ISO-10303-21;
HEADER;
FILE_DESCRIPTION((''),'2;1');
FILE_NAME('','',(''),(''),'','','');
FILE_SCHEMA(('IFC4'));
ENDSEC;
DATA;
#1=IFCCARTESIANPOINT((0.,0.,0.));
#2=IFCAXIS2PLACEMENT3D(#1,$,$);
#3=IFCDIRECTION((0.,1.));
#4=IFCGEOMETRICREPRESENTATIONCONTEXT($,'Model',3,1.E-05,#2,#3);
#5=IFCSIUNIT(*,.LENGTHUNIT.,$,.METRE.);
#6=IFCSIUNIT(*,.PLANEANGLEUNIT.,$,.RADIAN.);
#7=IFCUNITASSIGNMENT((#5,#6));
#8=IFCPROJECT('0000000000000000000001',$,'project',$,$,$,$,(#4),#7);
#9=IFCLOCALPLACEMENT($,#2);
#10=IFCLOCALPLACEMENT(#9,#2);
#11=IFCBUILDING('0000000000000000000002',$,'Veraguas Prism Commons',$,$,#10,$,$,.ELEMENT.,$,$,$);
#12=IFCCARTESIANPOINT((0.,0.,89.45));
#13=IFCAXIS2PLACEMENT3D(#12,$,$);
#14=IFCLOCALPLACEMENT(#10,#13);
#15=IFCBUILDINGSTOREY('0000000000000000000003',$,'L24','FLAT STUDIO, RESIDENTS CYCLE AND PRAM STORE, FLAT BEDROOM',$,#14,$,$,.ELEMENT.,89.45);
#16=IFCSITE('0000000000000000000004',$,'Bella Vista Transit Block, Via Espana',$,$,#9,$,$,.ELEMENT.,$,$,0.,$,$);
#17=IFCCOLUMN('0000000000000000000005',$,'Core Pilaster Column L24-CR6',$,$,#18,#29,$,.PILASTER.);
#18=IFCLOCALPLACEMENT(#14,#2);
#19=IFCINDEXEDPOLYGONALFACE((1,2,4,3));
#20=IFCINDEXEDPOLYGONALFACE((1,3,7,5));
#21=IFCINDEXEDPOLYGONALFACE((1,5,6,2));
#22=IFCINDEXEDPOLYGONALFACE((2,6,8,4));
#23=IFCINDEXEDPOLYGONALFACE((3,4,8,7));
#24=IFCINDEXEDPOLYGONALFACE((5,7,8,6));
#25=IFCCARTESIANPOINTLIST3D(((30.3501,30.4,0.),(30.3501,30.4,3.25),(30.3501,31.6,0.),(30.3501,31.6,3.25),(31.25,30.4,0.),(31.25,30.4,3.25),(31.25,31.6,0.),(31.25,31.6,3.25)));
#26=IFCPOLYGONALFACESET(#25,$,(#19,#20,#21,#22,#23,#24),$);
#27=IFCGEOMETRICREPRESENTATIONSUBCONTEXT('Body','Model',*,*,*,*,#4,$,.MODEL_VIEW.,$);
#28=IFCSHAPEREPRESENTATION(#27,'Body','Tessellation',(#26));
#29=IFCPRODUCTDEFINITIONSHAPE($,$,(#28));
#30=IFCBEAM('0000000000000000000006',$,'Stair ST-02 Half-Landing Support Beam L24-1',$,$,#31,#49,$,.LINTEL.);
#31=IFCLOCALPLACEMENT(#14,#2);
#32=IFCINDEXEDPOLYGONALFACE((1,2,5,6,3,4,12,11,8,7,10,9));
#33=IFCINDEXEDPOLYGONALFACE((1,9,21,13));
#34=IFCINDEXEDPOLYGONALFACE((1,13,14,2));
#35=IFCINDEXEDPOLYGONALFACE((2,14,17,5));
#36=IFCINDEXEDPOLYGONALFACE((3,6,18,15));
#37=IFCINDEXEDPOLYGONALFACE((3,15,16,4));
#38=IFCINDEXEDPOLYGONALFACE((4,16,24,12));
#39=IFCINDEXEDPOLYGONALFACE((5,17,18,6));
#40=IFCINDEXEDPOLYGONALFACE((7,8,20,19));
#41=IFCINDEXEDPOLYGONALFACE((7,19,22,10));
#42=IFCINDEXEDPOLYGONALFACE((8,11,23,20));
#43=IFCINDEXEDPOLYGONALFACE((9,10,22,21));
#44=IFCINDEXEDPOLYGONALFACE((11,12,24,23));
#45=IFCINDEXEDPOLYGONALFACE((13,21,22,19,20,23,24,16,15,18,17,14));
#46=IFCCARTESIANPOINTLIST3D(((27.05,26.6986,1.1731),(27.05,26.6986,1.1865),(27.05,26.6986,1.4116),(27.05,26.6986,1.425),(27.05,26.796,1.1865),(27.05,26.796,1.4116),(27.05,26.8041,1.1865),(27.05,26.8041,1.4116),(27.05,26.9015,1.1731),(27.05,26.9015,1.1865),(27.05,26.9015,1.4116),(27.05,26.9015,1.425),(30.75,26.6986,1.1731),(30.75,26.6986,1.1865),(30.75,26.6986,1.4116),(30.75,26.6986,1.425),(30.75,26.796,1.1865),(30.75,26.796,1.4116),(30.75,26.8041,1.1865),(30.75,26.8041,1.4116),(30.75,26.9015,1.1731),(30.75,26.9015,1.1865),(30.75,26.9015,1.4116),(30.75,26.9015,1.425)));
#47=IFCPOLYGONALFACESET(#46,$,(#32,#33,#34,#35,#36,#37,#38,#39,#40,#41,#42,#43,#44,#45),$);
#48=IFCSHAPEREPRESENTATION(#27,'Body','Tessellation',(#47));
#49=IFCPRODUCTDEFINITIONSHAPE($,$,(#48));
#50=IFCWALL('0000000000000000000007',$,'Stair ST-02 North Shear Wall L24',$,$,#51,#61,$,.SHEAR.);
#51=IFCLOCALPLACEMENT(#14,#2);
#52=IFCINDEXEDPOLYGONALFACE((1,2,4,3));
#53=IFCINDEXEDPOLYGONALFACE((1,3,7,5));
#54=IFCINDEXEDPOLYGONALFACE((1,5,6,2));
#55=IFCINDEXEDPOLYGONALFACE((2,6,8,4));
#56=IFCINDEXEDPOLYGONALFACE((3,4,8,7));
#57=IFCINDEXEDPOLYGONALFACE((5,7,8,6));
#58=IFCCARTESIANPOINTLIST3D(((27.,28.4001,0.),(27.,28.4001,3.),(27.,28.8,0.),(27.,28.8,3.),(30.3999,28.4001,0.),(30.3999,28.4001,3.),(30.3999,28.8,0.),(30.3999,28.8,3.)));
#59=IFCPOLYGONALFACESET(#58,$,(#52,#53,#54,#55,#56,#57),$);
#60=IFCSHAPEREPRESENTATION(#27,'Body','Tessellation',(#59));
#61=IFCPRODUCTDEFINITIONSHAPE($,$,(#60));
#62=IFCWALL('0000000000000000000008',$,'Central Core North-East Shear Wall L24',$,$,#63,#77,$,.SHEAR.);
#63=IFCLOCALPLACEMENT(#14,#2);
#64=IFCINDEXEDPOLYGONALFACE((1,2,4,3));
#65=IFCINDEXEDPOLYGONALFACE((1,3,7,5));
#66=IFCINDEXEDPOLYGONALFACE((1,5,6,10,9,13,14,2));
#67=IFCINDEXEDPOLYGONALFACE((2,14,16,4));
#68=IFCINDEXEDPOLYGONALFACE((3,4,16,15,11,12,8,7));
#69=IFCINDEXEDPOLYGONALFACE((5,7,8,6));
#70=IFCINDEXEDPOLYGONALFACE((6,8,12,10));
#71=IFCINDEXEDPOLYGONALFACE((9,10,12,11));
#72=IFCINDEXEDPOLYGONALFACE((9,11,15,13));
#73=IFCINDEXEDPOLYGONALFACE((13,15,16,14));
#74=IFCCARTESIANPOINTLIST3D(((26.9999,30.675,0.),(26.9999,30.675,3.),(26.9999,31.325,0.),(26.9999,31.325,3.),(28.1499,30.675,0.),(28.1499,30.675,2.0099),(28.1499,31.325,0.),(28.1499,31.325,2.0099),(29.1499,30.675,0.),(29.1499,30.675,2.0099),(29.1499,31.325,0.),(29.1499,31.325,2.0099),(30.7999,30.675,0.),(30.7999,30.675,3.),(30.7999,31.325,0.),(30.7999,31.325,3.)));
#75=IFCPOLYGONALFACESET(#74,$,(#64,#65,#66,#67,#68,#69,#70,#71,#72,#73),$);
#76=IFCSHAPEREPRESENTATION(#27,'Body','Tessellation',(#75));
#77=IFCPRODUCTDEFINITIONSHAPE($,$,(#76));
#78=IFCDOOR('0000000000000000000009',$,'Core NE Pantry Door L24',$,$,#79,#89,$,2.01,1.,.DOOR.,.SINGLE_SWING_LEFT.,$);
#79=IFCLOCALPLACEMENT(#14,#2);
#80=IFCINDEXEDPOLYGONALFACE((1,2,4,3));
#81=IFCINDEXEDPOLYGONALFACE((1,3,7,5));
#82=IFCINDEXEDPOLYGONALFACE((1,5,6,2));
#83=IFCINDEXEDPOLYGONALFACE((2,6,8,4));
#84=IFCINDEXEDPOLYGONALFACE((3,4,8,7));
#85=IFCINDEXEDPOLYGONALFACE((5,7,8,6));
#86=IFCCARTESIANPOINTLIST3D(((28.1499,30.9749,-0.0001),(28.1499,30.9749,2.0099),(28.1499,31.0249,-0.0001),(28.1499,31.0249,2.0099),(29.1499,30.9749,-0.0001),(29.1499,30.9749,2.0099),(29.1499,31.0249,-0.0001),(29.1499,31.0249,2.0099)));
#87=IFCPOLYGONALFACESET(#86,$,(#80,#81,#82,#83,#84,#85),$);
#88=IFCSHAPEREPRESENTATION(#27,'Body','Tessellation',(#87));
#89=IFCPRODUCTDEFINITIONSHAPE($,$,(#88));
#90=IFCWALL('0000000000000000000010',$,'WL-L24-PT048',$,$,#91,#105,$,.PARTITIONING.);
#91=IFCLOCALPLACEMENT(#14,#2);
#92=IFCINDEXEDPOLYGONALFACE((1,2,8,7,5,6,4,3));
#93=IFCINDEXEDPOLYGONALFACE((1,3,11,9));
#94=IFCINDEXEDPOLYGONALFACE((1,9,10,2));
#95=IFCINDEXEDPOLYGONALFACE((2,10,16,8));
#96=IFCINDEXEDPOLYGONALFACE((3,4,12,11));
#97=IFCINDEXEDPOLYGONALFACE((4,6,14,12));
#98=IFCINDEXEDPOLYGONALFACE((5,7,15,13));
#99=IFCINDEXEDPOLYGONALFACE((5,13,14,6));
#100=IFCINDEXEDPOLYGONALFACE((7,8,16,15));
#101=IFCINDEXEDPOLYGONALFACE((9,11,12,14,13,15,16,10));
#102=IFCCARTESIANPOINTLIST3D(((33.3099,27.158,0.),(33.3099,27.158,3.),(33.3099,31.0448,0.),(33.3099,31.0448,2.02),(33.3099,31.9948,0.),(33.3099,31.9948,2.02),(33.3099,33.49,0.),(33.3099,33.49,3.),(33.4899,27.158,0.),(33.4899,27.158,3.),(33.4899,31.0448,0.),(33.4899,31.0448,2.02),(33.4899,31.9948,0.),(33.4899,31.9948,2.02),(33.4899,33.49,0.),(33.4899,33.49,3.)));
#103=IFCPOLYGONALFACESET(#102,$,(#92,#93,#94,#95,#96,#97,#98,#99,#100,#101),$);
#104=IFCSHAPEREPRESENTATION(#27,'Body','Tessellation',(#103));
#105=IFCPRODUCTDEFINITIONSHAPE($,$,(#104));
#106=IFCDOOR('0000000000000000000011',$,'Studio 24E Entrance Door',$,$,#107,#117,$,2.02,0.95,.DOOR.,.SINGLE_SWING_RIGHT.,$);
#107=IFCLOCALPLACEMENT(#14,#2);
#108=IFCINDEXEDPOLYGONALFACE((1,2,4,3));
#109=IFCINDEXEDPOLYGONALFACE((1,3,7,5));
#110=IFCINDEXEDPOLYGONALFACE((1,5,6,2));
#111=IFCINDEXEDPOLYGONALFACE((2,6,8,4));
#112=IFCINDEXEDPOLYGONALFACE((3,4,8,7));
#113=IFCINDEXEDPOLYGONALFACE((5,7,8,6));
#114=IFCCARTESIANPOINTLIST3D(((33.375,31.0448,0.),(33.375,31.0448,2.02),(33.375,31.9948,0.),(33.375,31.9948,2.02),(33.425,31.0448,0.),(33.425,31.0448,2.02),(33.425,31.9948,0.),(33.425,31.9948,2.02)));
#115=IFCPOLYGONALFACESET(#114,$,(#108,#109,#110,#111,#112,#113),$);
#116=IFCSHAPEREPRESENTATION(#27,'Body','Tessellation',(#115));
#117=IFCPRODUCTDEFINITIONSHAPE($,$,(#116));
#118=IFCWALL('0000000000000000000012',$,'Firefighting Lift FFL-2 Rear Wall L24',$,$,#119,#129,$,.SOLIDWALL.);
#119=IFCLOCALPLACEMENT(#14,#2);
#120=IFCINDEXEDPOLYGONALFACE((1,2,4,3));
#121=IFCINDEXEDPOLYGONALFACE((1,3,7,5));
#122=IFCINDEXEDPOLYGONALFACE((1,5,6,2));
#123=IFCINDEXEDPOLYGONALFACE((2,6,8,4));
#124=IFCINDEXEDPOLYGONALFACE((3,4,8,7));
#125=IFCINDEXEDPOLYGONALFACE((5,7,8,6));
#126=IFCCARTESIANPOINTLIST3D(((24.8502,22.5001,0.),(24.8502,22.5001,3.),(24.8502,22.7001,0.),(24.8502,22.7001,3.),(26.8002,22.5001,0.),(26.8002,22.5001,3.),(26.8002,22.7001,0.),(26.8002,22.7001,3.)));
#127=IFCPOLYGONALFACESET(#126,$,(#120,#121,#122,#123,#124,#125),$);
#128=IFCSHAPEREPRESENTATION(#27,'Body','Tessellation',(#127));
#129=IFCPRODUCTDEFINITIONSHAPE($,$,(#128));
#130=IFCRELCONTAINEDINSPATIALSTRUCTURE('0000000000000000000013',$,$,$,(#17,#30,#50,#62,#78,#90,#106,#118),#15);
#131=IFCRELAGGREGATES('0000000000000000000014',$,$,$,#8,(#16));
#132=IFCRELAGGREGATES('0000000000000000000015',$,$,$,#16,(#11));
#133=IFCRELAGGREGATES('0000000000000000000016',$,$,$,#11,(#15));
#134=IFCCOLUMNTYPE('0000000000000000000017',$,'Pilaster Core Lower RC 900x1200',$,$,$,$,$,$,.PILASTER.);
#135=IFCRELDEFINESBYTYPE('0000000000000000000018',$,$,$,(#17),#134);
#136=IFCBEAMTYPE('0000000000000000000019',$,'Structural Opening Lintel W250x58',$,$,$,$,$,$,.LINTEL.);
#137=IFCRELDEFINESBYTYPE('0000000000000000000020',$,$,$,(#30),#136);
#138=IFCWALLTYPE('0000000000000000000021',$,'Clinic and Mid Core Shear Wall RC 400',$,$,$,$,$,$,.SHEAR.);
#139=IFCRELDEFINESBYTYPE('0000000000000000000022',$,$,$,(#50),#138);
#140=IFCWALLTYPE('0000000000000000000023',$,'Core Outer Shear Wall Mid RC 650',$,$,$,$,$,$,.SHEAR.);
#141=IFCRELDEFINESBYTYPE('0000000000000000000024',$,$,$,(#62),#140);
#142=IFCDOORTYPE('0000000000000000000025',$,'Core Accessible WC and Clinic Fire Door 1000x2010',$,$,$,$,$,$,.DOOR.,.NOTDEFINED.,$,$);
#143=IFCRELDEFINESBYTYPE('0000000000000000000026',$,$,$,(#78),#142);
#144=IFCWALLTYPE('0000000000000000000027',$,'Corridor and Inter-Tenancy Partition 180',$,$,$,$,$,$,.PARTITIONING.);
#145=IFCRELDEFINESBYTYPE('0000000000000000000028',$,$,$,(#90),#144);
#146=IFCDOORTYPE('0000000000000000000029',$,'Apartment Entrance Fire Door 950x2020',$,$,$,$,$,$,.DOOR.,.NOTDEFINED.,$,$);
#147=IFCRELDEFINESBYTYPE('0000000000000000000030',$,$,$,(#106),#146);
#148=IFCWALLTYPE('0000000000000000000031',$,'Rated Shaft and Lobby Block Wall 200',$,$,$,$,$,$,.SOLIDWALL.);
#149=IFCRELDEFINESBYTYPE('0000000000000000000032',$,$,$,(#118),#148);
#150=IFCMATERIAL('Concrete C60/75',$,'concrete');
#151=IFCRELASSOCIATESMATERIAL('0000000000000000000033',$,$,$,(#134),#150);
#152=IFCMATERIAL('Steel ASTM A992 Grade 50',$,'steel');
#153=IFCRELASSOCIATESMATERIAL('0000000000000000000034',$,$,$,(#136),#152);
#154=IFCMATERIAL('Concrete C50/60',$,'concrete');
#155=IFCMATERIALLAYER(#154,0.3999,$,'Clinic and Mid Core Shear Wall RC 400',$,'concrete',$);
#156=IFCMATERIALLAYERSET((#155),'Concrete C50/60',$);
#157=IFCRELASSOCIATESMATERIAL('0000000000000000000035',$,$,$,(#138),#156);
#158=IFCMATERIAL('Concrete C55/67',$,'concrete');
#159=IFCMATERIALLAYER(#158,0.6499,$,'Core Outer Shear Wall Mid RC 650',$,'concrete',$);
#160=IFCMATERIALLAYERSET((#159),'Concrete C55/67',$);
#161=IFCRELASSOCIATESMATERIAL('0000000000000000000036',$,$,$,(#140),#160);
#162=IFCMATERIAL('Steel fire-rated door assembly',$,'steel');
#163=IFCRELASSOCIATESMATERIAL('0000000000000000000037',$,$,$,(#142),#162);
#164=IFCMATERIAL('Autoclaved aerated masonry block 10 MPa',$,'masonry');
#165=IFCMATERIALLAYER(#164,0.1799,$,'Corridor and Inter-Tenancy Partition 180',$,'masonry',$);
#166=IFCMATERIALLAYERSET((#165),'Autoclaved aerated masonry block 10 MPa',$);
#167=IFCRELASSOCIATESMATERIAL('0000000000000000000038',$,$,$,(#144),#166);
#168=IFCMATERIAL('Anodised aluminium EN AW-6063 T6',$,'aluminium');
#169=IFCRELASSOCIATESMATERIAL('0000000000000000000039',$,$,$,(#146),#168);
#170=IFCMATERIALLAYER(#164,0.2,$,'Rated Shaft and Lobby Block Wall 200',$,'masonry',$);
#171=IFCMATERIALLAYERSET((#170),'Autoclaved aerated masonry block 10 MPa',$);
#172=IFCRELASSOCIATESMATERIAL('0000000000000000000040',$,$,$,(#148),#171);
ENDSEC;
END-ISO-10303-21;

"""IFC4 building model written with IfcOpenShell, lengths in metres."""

from ifc_helpers import new_model, si_unit, direction, frame, frame_2d, origin, origin_2d, place, context, subcontext, project, spatial, rectangle, i_section, extrude, source, transform, mapped, material, layer, layer_set, material_profile, profile_set, type_object, element, fill, save


model = new_model("IFC4")

# Units and contexts
model_context = context("Model", 3, precision=1e-05, world=origin(), true_north=direction((0.0, 1.0)))
body_context = subcontext(model_context, "Body", "Model", "MODEL_VIEW")
ifc_project = project(units=[si_unit("LENGTHUNIT", "METRE"), si_unit("PLANEANGLEUNIT", "RADIAN")], contexts=[model_context])

# Site, building, storey
site_placement = place(None, origin())
site = spatial("IfcSite", under=ifc_project, at=site_placement, Name="Bella Vista Transit Block, Via Espana", CompositionType="ELEMENT", RefElevation=0.0)
building_placement = place(site_placement, origin())
building = spatial("IfcBuilding", under=site, at=building_placement, Name="Veraguas Prism Commons", CompositionType="ELEMENT")
storey_placement = place(building_placement, frame((0.0, 0.0, 89.45)))
storey = spatial("IfcBuildingStorey", under=building, at=storey_placement, Name="L24", Description="FLAT STUDIO, RESIDENTS CYCLE AND PRAM STORE, FLAT BEDROOM", CompositionType="ELEMENT", Elevation=89.45)

# Column
ifc_material_1 = material(Name="Concrete C60/75", Category="concrete")
ifc_material_profile_1 = material_profile(ifc_material_1, rectangle(XDim=0.8999, YDim=1.2, at=origin_2d()), Name="RC900X1200")
ifc_profile_set_1 = profile_set([ifc_material_profile_1], Name="Concrete C60/75")
column_type = type_object("IfcColumnType", Name="Pilaster Core Lower RC 900x1200", PredefinedType="PILASTER", material=ifc_profile_set_1)
column_placement = place(storey_placement, frame((30.8, 31.0, 0.0), z_axis=(0.0, 0.0, 1.0), x_axis=(1.0, 0.0, 0.0)))
element("IfcColumn", 1, at=column_placement, inside=storey, type_object=column_type, Name="Core Pilaster Column L24-CR6", PredefinedType="PILASTER", context=body_context, shape_type="SweptSolid", body=[
    extrude(rectangle(XDim=0.8999, YDim=1.2, at=origin_2d()), origin(), (0.0, 0.0, 1.0), 3.25),
])

# Beam
ifc_material_2 = material(Name="Steel ASTM A992 Grade 50", Category="steel")
ifc_material_profile_2 = material_profile(ifc_material_2, i_section(OverallWidth=0.2029, OverallDepth=0.252, WebThickness=0.0081, FlangeThickness=0.0134, at=origin_2d()), Name="W250X58")
ifc_profile_set_2 = profile_set([ifc_material_profile_2], Name="Steel ASTM A992 Grade 50")
beam_type = type_object("IfcBeamType", Name="Structural Opening Lintel W250x58", PredefinedType="LINTEL", material=ifc_profile_set_2)
beam_placement = place(storey_placement, frame((27.05, 26.8, 1.2991), z_axis=(1.0, 0.0, 0.0), x_axis=(0.0, 1.0, 0.0)))
element("IfcBeam", 2, at=beam_placement, inside=storey, type_object=beam_type, Name="Stair ST-02 Half-Landing Support Beam L24-1", PredefinedType="LINTEL", context=body_context, shape_type="SweptSolid", body=[
    extrude(i_section(OverallWidth=0.2029, OverallDepth=0.252, WebThickness=0.0081, FlangeThickness=0.0134, at=origin_2d()), origin(), (0.0, 0.0, 1.0), 3.7),
])

# Wall
ifc_material_3 = material(Name="Concrete C50/60", Category="concrete")
ifc_layer_1 = layer(ifc_material_3, 0.3999, Name="Clinic and Mid Core Shear Wall RC 400", Category="concrete")
ifc_layer_set_1 = layer_set([ifc_layer_1], Name="Concrete C50/60")
wall_type_1 = type_object("IfcWallType", Name="Clinic and Mid Core Shear Wall RC 400", PredefinedType="SHEAR", material=ifc_layer_set_1)
wall_1_placement = place(storey_placement, frame((27.0, 28.6001, 0.0), z_axis=(0.0, 0.0, 1.0), x_axis=(1.0, 0.0, 0.0)))
element("IfcWall", 3, at=wall_1_placement, inside=storey, type_object=wall_type_1, Name="Stair ST-02 North Shear Wall L24", PredefinedType="SHEAR", context=body_context, shape_type="SweptSolid", body=[
    extrude(rectangle(XDim=3.3999, YDim=0.3999, at=frame_2d((1.7, 0.0))), origin(), (0.0, 0.0, 1.0), 3.0),
])

# Walls, openings, doors
ifc_material_4 = material(Name="Concrete C55/67", Category="concrete")
ifc_layer_2 = layer(ifc_material_4, 0.6499, Name="Core Outer Shear Wall Mid RC 650", Category="concrete")
ifc_layer_set_2 = layer_set([ifc_layer_2], Name="Concrete C55/67")
wall_type_2 = type_object("IfcWallType", Name="Core Outer Shear Wall Mid RC 650", PredefinedType="SHEAR", material=ifc_layer_set_2)
wall_2_placement = place(storey_placement, frame((27.0, 31.0, 0.0), z_axis=(0.0, 0.0, 1.0), x_axis=(1.0, 0.0, 0.0)))
wall_2 = element("IfcWall", 4, at=wall_2_placement, inside=storey, type_object=wall_type_2, Name="Central Core North-East Shear Wall L24", PredefinedType="SHEAR", context=body_context, shape_type="SweptSolid", body=[
    extrude(rectangle(XDim=3.8, YDim=0.6499, at=frame_2d((1.8999, 0.0))), origin(), (0.0, 0.0, 1.0), 3.0),
])
opening_1_placement = place(wall_2_placement, frame((1.1499, 0.0, 0.0)))
opening_1 = element("IfcOpeningElement", 5, at=opening_1_placement, cuts=wall_2, PredefinedType="OPENING", context=body_context, shape_type="SweptSolid", body=[
    extrude(rectangle(XDim=1.0, YDim=2.01, at=frame_2d((0.5, 1.0049))), frame((0.0, 0.335, 0.0), z_axis=(0.0, -1.0, 0.0), x_axis=(1.0, 0.0, 0.0)), (0.0, 0.0, 1.0), 0.6699),
])
ifc_material_5 = material(Name="Steel fire-rated door assembly", Category="steel")
door_type_1 = type_object("IfcDoorType", Name="Core Accessible WC and Clinic Fire Door 1000x2010", OperationType="NOTDEFINED", PredefinedType="DOOR", material=ifc_material_5)
shared_shape_1 = source(origin(), body_context, "Body", "SweptSolid", [
    extrude(rectangle(XDim=1.0, YDim=2.01, at=frame_2d((0.5, 1.0049))), frame((0.0, 0.0249, 0.0), z_axis=(0.0, -1.0, 0.0), x_axis=(1.0, 0.0, 0.0)), (0.0, 0.0, 1.0), 0.05),
])
door_1_placement = place(opening_1_placement, origin())
door_1 = element("IfcDoor", 6, at=door_1_placement, inside=storey, type_object=door_type_1, Name="Core NE Pantry Door L24", OperationType="SINGLE_SWING_LEFT", OverallHeight=2.01, OverallWidth=1.0, PredefinedType="DOOR", context=body_context, shape_type="MappedRepresentation", body=[
    mapped(shared_shape_1, transform((0.0, 0.0, 0.0), scale=1.0)),
])
fill(opening_1, door_1)
ifc_material_6 = material(Name="Autoclaved aerated masonry block 10 MPa", Category="masonry")
ifc_layer_3 = layer(ifc_material_6, 0.1799, Name="Corridor and Inter-Tenancy Partition 180", Category="masonry")
ifc_layer_set_3 = layer_set([ifc_layer_3], Name="Autoclaved aerated masonry block 10 MPa")
wall_type_3 = type_object("IfcWallType", Name="Corridor and Inter-Tenancy Partition 180", PredefinedType="PARTITIONING", material=ifc_layer_set_3)
wall_3_placement = place(storey_placement, frame((33.3999, 27.158, 0.0), z_axis=(0.0, 0.0, 1.0), x_axis=(0.0, 1.0, 0.0)))
wall_3 = element("IfcWall", 7, at=wall_3_placement, inside=storey, type_object=wall_type_3, Name="WL-L24-PT048", PredefinedType="PARTITIONING", context=body_context, shape_type="SweptSolid", body=[
    extrude(rectangle(XDim=6.332, YDim=0.1799, at=frame_2d((3.166, 0.0))), origin(), (0.0, 0.0, 1.0), 3.0),
])
opening_2_placement = place(wall_3_placement, frame((3.8867, 0.0, 0.0)))
opening_2 = element("IfcOpeningElement", 8, at=opening_2_placement, cuts=wall_3, PredefinedType="OPENING", context=body_context, shape_type="SweptSolid", body=[
    extrude(rectangle(XDim=0.95, YDim=2.02, at=frame_2d((0.4751, 1.01))), frame((0.0, 0.0999, 0.0), z_axis=(0.0, -1.0, 0.0), x_axis=(1.0, 0.0, 0.0)), (0.0, 0.0, 1.0), 0.2),
])
ifc_material_7 = material(Name="Anodised aluminium EN AW-6063 T6", Category="aluminium")
door_type_2 = type_object("IfcDoorType", Name="Apartment Entrance Fire Door 950x2020", OperationType="NOTDEFINED", PredefinedType="DOOR", material=ifc_material_7)
shared_shape_2 = source(origin(), body_context, "Body", "SweptSolid", [
    extrude(rectangle(XDim=0.95, YDim=2.02, at=frame_2d((0.4751, 1.01))), frame((0.0, 0.0249, 0.0), z_axis=(0.0, -1.0, 0.0), x_axis=(1.0, 0.0, 0.0)), (0.0, 0.0, 1.0), 0.05),
])
door_2_placement = place(opening_2_placement, origin())
door_2 = element("IfcDoor", 9, at=door_2_placement, inside=storey, type_object=door_type_2, Name="Studio 24E Entrance Door", OperationType="SINGLE_SWING_RIGHT", OverallHeight=2.02, OverallWidth=0.95, PredefinedType="DOOR", context=body_context, shape_type="MappedRepresentation", body=[
    mapped(shared_shape_2, transform((0.0, 0.0, 0.0), scale=1.0)),
])
fill(opening_2, door_2)

# Wall
ifc_layer_4 = layer(ifc_material_6, 0.2, Name="Rated Shaft and Lobby Block Wall 200", Category="masonry")
ifc_layer_set_4 = layer_set([ifc_layer_4], Name="Autoclaved aerated masonry block 10 MPa")
wall_type_4 = type_object("IfcWallType", Name="Rated Shaft and Lobby Block Wall 200", PredefinedType="SOLIDWALL", material=ifc_layer_set_4)
wall_4_placement = place(storey_placement, frame((24.8501, 22.6001, 0.0), z_axis=(0.0, 0.0, 1.0), x_axis=(1.0, 0.0, 0.0)))
element("IfcWall", 10, at=wall_4_placement, inside=storey, type_object=wall_type_4, Name="Firefighting Lift FFL-2 Rear Wall L24", PredefinedType="SOLIDWALL", context=body_context, shape_type="SweptSolid", body=[
    extrude(rectangle(XDim=1.95, YDim=0.2, at=frame_2d((0.9751, 0.0))), origin(), (0.0, 0.0, 1.0), 3.0),
])

save(model, "model.ifc")
